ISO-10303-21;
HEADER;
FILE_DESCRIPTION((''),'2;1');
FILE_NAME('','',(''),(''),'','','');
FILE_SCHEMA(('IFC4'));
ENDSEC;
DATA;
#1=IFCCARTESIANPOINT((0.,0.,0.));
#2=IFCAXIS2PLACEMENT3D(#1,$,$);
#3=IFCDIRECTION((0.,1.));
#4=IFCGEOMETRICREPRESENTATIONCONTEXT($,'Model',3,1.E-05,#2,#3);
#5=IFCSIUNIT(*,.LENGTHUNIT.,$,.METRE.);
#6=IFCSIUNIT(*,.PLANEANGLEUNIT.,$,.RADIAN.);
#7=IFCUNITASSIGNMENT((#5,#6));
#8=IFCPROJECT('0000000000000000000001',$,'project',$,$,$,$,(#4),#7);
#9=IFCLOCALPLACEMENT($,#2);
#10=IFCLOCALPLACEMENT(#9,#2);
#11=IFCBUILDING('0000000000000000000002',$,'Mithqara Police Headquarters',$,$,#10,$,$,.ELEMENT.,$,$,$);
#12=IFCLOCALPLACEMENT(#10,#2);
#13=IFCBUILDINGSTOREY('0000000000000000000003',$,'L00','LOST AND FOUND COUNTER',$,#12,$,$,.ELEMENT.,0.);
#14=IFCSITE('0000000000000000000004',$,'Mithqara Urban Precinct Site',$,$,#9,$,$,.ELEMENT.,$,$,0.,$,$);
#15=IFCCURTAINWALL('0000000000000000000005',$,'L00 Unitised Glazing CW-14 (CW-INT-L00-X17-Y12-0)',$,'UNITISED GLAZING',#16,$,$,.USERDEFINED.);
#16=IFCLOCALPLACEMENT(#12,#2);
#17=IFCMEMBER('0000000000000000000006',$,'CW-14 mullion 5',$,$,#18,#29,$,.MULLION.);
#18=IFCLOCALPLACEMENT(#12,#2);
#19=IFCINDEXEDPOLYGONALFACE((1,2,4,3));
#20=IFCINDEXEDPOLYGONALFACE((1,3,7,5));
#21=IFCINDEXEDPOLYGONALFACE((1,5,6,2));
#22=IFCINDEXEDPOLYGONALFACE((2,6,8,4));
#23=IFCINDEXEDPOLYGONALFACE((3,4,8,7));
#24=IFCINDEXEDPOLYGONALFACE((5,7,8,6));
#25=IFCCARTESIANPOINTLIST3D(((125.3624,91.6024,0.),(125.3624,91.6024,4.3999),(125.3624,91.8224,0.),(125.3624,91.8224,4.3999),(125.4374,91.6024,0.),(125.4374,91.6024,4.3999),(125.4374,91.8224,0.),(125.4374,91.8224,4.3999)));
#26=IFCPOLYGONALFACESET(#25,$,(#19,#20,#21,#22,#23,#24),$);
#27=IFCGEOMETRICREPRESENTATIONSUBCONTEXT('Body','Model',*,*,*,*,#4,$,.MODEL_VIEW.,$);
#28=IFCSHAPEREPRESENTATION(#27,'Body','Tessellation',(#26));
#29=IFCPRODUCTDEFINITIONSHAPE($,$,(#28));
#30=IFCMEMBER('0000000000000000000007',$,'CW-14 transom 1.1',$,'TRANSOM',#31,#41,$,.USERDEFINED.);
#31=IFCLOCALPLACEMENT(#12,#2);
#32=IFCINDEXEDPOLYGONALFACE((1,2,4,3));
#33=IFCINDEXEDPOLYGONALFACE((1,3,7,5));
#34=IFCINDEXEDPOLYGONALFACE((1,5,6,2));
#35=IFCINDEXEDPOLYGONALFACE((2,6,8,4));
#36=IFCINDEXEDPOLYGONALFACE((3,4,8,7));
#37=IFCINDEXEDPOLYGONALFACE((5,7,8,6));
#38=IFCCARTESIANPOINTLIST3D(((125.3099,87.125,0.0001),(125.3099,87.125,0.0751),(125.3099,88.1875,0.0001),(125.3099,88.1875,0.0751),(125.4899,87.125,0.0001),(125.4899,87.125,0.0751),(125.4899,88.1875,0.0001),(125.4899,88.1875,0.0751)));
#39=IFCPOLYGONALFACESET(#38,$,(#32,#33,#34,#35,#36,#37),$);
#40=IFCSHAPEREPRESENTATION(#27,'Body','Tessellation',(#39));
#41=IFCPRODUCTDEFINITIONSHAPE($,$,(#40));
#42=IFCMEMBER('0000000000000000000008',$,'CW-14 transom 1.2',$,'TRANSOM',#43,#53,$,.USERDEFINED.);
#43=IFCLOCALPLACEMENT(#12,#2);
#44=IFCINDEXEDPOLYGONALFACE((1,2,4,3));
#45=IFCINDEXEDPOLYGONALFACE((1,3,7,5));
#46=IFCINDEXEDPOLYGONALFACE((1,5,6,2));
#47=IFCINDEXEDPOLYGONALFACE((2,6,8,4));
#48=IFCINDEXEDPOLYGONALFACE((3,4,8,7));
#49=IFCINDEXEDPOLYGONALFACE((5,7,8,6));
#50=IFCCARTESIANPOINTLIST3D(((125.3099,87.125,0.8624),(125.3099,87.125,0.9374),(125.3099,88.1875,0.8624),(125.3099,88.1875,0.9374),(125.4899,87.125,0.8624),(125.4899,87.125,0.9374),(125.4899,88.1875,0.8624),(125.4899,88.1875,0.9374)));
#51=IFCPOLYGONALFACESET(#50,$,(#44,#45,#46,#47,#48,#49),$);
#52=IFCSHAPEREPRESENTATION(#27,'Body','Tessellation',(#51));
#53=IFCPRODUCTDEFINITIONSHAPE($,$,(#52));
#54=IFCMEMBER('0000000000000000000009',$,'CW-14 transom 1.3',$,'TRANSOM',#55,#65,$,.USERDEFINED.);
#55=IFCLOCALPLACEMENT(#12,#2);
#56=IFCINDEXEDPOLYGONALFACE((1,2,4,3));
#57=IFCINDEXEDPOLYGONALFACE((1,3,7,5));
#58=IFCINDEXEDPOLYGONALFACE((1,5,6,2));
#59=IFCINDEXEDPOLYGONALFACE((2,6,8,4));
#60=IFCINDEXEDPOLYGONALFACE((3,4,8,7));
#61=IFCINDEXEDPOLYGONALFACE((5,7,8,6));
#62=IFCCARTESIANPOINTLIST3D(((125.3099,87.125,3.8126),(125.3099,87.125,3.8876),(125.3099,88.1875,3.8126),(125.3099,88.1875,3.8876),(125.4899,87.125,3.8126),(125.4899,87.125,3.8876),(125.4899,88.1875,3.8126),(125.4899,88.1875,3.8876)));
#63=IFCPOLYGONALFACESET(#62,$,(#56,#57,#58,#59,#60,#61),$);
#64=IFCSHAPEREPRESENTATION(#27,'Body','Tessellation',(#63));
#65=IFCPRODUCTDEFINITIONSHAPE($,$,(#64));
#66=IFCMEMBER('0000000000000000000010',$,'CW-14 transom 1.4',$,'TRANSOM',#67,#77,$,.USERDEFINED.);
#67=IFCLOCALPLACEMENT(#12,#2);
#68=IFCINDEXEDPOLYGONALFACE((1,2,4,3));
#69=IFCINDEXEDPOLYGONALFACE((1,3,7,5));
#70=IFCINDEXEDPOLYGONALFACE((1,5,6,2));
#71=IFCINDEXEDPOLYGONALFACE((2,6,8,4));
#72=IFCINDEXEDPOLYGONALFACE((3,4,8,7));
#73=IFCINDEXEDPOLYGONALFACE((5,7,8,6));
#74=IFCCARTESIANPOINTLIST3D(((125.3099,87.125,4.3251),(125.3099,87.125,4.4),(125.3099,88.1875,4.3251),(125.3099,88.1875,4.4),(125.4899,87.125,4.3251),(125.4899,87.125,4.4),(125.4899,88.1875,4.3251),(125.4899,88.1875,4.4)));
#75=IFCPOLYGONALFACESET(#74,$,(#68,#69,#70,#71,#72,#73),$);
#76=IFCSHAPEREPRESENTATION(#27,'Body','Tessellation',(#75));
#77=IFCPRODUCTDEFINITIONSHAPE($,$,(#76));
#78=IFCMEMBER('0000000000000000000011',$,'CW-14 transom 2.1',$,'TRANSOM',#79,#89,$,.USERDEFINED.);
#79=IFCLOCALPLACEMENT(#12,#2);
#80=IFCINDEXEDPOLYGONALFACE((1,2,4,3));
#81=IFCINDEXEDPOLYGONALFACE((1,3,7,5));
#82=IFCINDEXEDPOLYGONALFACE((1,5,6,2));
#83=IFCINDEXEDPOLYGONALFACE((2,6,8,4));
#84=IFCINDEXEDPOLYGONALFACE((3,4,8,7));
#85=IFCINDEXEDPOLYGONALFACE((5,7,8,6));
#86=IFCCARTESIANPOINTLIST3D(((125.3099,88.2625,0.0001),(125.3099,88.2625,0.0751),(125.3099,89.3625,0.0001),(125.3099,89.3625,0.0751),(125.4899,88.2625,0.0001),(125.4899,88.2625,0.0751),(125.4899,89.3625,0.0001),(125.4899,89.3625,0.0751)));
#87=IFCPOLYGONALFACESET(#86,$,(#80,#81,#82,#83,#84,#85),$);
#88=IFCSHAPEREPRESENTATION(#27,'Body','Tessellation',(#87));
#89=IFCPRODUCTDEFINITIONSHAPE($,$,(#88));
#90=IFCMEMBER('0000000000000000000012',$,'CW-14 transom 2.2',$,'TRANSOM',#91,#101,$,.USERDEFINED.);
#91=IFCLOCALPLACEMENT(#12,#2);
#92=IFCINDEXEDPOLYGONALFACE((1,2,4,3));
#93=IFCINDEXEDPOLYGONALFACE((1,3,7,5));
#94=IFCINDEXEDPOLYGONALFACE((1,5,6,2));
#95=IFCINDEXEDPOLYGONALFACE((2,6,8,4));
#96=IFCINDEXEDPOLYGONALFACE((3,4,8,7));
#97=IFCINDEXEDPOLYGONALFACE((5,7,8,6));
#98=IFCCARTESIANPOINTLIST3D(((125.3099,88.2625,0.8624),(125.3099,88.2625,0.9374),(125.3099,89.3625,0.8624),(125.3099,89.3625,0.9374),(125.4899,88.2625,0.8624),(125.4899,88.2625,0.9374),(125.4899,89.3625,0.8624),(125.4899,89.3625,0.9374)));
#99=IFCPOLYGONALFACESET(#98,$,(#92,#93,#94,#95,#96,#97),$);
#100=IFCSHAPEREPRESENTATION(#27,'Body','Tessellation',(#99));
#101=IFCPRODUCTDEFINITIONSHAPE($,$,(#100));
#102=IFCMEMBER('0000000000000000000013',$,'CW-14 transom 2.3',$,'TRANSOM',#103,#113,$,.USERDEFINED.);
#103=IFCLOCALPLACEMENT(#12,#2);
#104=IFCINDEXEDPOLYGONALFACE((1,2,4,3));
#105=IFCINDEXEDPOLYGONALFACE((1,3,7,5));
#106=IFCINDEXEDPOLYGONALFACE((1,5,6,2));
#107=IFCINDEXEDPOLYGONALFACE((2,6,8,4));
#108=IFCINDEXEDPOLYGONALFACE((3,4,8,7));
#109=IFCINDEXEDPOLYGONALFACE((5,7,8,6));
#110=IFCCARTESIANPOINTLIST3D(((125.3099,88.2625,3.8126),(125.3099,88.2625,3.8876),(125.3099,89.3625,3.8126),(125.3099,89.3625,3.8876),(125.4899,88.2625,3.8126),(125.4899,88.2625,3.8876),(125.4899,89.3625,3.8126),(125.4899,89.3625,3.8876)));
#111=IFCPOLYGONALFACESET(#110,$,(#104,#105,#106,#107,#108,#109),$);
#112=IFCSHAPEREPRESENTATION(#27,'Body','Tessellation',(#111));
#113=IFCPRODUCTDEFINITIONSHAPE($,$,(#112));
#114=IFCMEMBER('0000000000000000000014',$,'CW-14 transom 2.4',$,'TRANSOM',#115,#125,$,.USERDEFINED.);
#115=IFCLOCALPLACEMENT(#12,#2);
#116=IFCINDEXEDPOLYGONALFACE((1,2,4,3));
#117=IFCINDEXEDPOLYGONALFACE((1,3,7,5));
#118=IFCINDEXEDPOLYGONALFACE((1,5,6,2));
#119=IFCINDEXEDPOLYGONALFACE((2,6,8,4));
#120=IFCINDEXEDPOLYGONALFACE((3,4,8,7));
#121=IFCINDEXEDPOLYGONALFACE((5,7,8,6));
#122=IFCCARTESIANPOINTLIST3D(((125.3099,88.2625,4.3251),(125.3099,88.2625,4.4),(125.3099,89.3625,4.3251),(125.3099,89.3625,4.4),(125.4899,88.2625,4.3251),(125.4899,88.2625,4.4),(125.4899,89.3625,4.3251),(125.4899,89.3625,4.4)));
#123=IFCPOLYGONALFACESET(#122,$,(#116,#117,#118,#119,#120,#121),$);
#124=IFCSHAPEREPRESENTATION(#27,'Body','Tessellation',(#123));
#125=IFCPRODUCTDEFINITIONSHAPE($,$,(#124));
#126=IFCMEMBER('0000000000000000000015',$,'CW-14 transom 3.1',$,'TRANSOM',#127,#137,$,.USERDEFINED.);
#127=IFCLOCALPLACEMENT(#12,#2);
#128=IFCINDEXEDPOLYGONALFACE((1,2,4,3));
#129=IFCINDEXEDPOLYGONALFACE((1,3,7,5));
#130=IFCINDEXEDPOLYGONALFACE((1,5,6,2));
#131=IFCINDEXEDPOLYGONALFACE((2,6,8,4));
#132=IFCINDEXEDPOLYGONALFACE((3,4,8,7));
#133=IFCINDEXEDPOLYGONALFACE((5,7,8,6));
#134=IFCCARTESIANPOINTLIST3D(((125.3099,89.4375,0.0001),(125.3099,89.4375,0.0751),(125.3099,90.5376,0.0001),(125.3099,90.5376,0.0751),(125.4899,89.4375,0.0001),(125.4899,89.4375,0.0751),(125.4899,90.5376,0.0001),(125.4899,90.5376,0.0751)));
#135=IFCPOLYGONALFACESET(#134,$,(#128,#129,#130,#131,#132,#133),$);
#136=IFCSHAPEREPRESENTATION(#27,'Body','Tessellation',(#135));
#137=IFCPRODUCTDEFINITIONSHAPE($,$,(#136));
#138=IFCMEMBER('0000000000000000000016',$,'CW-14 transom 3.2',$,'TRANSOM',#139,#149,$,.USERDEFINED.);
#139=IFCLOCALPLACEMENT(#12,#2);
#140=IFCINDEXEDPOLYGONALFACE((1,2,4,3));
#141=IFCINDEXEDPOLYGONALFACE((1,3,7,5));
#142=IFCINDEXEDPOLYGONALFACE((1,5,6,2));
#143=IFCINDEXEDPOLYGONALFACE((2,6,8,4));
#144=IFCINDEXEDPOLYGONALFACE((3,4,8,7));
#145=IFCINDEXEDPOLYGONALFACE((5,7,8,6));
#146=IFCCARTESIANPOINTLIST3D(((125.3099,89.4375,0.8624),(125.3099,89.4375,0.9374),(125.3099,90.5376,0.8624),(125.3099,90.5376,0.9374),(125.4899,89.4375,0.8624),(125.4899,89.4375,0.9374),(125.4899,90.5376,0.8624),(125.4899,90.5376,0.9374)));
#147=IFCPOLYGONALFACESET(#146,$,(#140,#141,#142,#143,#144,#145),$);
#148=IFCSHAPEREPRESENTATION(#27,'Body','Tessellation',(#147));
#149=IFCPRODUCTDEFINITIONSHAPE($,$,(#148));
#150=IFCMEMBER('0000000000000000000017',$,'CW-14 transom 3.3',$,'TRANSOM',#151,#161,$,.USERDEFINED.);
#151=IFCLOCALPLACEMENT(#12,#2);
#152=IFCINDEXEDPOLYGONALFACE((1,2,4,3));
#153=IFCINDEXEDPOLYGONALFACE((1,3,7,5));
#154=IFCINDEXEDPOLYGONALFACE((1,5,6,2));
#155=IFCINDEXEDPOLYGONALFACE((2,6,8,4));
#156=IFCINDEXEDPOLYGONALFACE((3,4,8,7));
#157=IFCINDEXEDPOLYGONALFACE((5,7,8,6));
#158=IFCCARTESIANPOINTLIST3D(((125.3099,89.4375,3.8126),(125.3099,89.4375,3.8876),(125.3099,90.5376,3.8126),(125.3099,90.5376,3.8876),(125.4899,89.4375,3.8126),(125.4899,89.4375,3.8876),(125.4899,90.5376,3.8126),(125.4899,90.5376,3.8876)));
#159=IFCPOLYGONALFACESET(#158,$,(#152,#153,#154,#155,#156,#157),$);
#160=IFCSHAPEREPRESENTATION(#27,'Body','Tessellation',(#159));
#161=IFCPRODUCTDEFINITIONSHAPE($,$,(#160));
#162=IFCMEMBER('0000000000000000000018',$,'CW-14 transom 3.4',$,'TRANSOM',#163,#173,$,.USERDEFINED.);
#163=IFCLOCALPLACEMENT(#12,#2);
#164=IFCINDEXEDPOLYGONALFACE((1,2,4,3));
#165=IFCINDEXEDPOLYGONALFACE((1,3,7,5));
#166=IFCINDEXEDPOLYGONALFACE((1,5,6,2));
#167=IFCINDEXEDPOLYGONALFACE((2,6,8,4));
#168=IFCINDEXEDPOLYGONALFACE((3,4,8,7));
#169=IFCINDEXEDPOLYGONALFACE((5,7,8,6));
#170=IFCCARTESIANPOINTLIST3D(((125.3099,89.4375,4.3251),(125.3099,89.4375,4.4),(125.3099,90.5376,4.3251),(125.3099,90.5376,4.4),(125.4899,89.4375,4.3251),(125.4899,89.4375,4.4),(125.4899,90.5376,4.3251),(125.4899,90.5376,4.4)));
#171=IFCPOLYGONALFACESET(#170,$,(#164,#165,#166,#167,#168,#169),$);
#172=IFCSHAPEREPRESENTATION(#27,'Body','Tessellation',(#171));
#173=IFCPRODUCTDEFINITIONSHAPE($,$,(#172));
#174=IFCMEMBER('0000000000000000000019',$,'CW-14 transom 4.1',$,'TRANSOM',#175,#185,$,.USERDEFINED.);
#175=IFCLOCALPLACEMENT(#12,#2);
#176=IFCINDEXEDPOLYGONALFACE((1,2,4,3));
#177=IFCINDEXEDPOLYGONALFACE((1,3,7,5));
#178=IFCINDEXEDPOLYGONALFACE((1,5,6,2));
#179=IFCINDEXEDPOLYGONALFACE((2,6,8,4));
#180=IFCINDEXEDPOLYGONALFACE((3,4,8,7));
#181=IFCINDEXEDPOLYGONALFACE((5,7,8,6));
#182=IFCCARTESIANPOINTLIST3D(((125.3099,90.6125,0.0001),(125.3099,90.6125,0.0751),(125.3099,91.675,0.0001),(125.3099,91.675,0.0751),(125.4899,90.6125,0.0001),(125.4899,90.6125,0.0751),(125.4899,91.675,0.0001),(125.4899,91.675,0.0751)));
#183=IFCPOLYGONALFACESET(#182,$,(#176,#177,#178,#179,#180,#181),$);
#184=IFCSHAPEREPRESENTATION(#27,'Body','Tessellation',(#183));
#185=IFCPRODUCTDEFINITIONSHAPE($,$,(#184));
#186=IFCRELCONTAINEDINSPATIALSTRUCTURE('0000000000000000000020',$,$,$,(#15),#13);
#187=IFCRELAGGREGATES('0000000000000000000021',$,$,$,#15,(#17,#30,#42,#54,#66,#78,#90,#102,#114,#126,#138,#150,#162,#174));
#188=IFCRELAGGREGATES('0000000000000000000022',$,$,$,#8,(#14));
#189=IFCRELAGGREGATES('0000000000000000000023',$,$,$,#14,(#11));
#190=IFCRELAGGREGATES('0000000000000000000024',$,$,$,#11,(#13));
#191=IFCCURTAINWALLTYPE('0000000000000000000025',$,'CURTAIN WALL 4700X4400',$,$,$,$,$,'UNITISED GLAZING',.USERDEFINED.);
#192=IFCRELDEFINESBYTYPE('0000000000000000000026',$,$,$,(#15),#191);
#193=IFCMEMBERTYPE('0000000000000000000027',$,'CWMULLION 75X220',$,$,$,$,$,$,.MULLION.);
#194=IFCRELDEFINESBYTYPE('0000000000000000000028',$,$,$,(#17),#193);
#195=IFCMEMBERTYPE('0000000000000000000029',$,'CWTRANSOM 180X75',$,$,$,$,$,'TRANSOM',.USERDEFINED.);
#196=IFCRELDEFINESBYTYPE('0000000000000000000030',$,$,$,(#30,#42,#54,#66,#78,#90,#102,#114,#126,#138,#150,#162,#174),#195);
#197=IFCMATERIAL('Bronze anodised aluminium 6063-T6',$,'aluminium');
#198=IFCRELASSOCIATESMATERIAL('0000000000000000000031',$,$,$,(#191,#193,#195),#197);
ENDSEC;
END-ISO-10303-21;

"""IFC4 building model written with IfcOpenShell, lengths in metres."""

from ifc_helpers import new_model, si_unit, direction, frame, origin, origin_2d, place, context, subcontext, project, spatial, rectangle, extrude, material, material_profile, profile_set, type_object, element, aggregate, save


model = new_model("IFC4")

# Units and contexts
model_context = context("Model", 3, precision=1e-05, world=origin(), true_north=direction((0.0, 1.0)))
body_context = subcontext(model_context, "Body", "Model", "MODEL_VIEW")
ifc_project = project(units=[si_unit("LENGTHUNIT", "METRE"), si_unit("PLANEANGLEUNIT", "RADIAN")], contexts=[model_context])

# Site, building, storey
site_placement = place(None, origin())
site = spatial("IfcSite", under=ifc_project, at=site_placement, Name="Mithqara Urban Precinct Site", CompositionType="ELEMENT", RefElevation=0.0)
building_placement = place(site_placement, origin())
building = spatial("IfcBuilding", under=site, at=building_placement, Name="Mithqara Police Headquarters", CompositionType="ELEMENT")
storey_placement = place(building_placement, origin())
storey = spatial("IfcBuildingStorey", under=building, at=storey_placement, Name="L00", Description="LOST AND FOUND COUNTER", CompositionType="ELEMENT", Elevation=0.0)

# Curtain wall, members
ifc_material_1 = material(Name="Bronze anodised aluminium 6063-T6", Category="aluminium")
curtain_wall_type = type_object("IfcCurtainWallType", Name="CURTAIN WALL 4700X4400", ElementType="UNITISED GLAZING", PredefinedType="USERDEFINED", material=ifc_material_1)
curtain_wall_placement = place(storey_placement, origin())
curtain_wall = element("IfcCurtainWall", 1, at=curtain_wall_placement, inside=storey, type_object=curtain_wall_type, Name="L00 Unitised Glazing CW-14 (CW-INT-L00-X17-Y12-0)", ObjectType="UNITISED GLAZING", PredefinedType="USERDEFINED")
ifc_material_profile_1 = material_profile(ifc_material_1, rectangle(XDim=0.075, YDim=0.22, at=origin_2d()), Name="CWM 75x220")
ifc_profile_set_1 = profile_set([ifc_material_profile_1], Name="Bronze anodised aluminium 6063-T6")
member_type_1 = type_object("IfcMemberType", Name="CWMULLION 75X220", PredefinedType="MULLION", material=ifc_profile_set_1)
member_1_placement = place(storey_placement, frame((125.3999, 91.7124, 0.0), z_axis=(0.0, 0.0, 1.0), x_axis=(-1.0, 0.0, 0.0)))
member_1 = element("IfcMember", 2, at=member_1_placement, type_object=member_type_1, Name="CW-14 mullion 5", PredefinedType="MULLION", context=body_context, shape_type="SweptSolid", body=[
    extrude(rectangle(XDim=0.075, YDim=0.22, at=origin_2d()), origin(), (0.0, 0.0, 1.0), 4.3999),
])
ifc_material_profile_2 = material_profile(ifc_material_1, rectangle(XDim=0.1799, YDim=0.075, at=origin_2d()), Name="CWT 180x75")
ifc_profile_set_2 = profile_set([ifc_material_profile_2], Name="Bronze anodised aluminium 6063-T6")
member_type_2 = type_object("IfcMemberType", Name="CWTRANSOM 180X75", ElementType="TRANSOM", PredefinedType="USERDEFINED", material=ifc_profile_set_2)
member_2_placement = place(storey_placement, frame((125.3999, 87.125, 0.0376), z_axis=(0.0, 1.0, 0.0), x_axis=(-1.0, 0.0, 0.0)))
member_2 = element("IfcMember", 3, at=member_2_placement, type_object=member_type_2, Name="CW-14 transom 1.1", ObjectType="TRANSOM", PredefinedType="USERDEFINED", context=body_context, shape_type="SweptSolid", body=[
    extrude(rectangle(XDim=0.1799, YDim=0.075, at=origin_2d()), origin(), (0.0, 0.0, 1.0), 1.0625),
])
member_3_placement = place(storey_placement, frame((125.3999, 87.125, 0.8999), z_axis=(0.0, 1.0, 0.0), x_axis=(-1.0, 0.0, 0.0)))
member_3 = element("IfcMember", 4, at=member_3_placement, type_object=member_type_2, Name="CW-14 transom 1.2", ObjectType="TRANSOM", PredefinedType="USERDEFINED", context=body_context, shape_type="SweptSolid", body=[
    extrude(rectangle(XDim=0.1799, YDim=0.075, at=origin_2d()), origin(), (0.0, 0.0, 1.0), 1.0625),
])
member_4_placement = place(storey_placement, frame((125.3999, 87.125, 3.8501), z_axis=(0.0, 1.0, 0.0), x_axis=(-1.0, 0.0, 0.0)))
member_4 = element("IfcMember", 5, at=member_4_placement, type_object=member_type_2, Name="CW-14 transom 1.3", ObjectType="TRANSOM", PredefinedType="USERDEFINED", context=body_context, shape_type="SweptSolid", body=[
    extrude(rectangle(XDim=0.1799, YDim=0.075, at=origin_2d()), origin(), (0.0, 0.0, 1.0), 1.0625),
])
member_5_placement = place(storey_placement, frame((125.3999, 87.125, 4.3625), z_axis=(0.0, 1.0, 0.0), x_axis=(-1.0, 0.0, 0.0)))
member_5 = element("IfcMember", 6, at=member_5_placement, type_object=member_type_2, Name="CW-14 transom 1.4", ObjectType="TRANSOM", PredefinedType="USERDEFINED", context=body_context, shape_type="SweptSolid", body=[
    extrude(rectangle(XDim=0.1799, YDim=0.075, at=origin_2d()), origin(), (0.0, 0.0, 1.0), 1.0625),
])
member_6_placement = place(storey_placement, frame((125.3999, 88.2625, 0.0376), z_axis=(0.0, 1.0, 0.0), x_axis=(-1.0, 0.0, 0.0)))
member_6 = element("IfcMember", 7, at=member_6_placement, type_object=member_type_2, Name="CW-14 transom 2.1", ObjectType="TRANSOM", PredefinedType="USERDEFINED", context=body_context, shape_type="SweptSolid", body=[
    extrude(rectangle(XDim=0.1799, YDim=0.075, at=origin_2d()), origin(), (0.0, 0.0, 1.0), 1.1001),
])
member_7_placement = place(storey_placement, frame((125.3999, 88.2625, 0.8999), z_axis=(0.0, 1.0, 0.0), x_axis=(-1.0, 0.0, 0.0)))
member_7 = element("IfcMember", 8, at=member_7_placement, type_object=member_type_2, Name="CW-14 transom 2.2", ObjectType="TRANSOM", PredefinedType="USERDEFINED", context=body_context, shape_type="SweptSolid", body=[
    extrude(rectangle(XDim=0.1799, YDim=0.075, at=origin_2d()), origin(), (0.0, 0.0, 1.0), 1.1001),
])
member_8_placement = place(storey_placement, frame((125.3999, 88.2625, 3.8501), z_axis=(0.0, 1.0, 0.0), x_axis=(-1.0, 0.0, 0.0)))
member_8 = element("IfcMember", 9, at=member_8_placement, type_object=member_type_2, Name="CW-14 transom 2.3", ObjectType="TRANSOM", PredefinedType="USERDEFINED", context=body_context, shape_type="SweptSolid", body=[
    extrude(rectangle(XDim=0.1799, YDim=0.075, at=origin_2d()), origin(), (0.0, 0.0, 1.0), 1.1001),
])
member_9_placement = place(storey_placement, frame((125.3999, 88.2625, 4.3625), z_axis=(0.0, 1.0, 0.0), x_axis=(-1.0, 0.0, 0.0)))
member_9 = element("IfcMember", 10, at=member_9_placement, type_object=member_type_2, Name="CW-14 transom 2.4", ObjectType="TRANSOM", PredefinedType="USERDEFINED", context=body_context, shape_type="SweptSolid", body=[
    extrude(rectangle(XDim=0.1799, YDim=0.075, at=origin_2d()), origin(), (0.0, 0.0, 1.0), 1.1001),
])
member_10_placement = place(storey_placement, frame((125.3999, 89.4375, 0.0376), z_axis=(0.0, 1.0, 0.0), x_axis=(-1.0, 0.0, 0.0)))
member_10 = element("IfcMember", 11, at=member_10_placement, type_object=member_type_2, Name="CW-14 transom 3.1", ObjectType="TRANSOM", PredefinedType="USERDEFINED", context=body_context, shape_type="SweptSolid", body=[
    extrude(rectangle(XDim=0.1799, YDim=0.075, at=origin_2d()), origin(), (0.0, 0.0, 1.0), 1.1001),
])
member_11_placement = place(storey_placement, frame((125.3999, 89.4375, 0.8999), z_axis=(0.0, 1.0, 0.0), x_axis=(-1.0, 0.0, 0.0)))
member_11 = element("IfcMember", 12, at=member_11_placement, type_object=member_type_2, Name="CW-14 transom 3.2", ObjectType="TRANSOM", PredefinedType="USERDEFINED", context=body_context, shape_type="SweptSolid", body=[
    extrude(rectangle(XDim=0.1799, YDim=0.075, at=origin_2d()), origin(), (0.0, 0.0, 1.0), 1.1001),
])
member_12_placement = place(storey_placement, frame((125.3999, 89.4375, 3.8501), z_axis=(0.0, 1.0, 0.0), x_axis=(-1.0, 0.0, 0.0)))
member_12 = element("IfcMember", 13, at=member_12_placement, type_object=member_type_2, Name="CW-14 transom 3.3", ObjectType="TRANSOM", PredefinedType="USERDEFINED", context=body_context, shape_type="SweptSolid", body=[
    extrude(rectangle(XDim=0.1799, YDim=0.075, at=origin_2d()), origin(), (0.0, 0.0, 1.0), 1.1001),
])
member_13_placement = place(storey_placement, frame((125.3999, 89.4375, 4.3625), z_axis=(0.0, 1.0, 0.0), x_axis=(-1.0, 0.0, 0.0)))
member_13 = element("IfcMember", 14, at=member_13_placement, type_object=member_type_2, Name="CW-14 transom 3.4", ObjectType="TRANSOM", PredefinedType="USERDEFINED", context=body_context, shape_type="SweptSolid", body=[
    extrude(rectangle(XDim=0.1799, YDim=0.075, at=origin_2d()), origin(), (0.0, 0.0, 1.0), 1.1001),
])
member_14_placement = place(storey_placement, frame((125.3999, 90.6125, 0.0376), z_axis=(0.0, 1.0, 0.0), x_axis=(-1.0, 0.0, 0.0)))
member_14 = element("IfcMember", 15, at=member_14_placement, type_object=member_type_2, Name="CW-14 transom 4.1", ObjectType="TRANSOM", PredefinedType="USERDEFINED", context=body_context, shape_type="SweptSolid", body=[
    extrude(rectangle(XDim=0.1799, YDim=0.075, at=origin_2d()), origin(), (0.0, 0.0, 1.0), 1.0625),
])
aggregate(curtain_wall, [member_1, member_2, member_3, member_4, member_5, member_6, member_7, member_8, member_9, member_10, member_11, member_12, member_13, member_14])

save(model, "model.ifc")
